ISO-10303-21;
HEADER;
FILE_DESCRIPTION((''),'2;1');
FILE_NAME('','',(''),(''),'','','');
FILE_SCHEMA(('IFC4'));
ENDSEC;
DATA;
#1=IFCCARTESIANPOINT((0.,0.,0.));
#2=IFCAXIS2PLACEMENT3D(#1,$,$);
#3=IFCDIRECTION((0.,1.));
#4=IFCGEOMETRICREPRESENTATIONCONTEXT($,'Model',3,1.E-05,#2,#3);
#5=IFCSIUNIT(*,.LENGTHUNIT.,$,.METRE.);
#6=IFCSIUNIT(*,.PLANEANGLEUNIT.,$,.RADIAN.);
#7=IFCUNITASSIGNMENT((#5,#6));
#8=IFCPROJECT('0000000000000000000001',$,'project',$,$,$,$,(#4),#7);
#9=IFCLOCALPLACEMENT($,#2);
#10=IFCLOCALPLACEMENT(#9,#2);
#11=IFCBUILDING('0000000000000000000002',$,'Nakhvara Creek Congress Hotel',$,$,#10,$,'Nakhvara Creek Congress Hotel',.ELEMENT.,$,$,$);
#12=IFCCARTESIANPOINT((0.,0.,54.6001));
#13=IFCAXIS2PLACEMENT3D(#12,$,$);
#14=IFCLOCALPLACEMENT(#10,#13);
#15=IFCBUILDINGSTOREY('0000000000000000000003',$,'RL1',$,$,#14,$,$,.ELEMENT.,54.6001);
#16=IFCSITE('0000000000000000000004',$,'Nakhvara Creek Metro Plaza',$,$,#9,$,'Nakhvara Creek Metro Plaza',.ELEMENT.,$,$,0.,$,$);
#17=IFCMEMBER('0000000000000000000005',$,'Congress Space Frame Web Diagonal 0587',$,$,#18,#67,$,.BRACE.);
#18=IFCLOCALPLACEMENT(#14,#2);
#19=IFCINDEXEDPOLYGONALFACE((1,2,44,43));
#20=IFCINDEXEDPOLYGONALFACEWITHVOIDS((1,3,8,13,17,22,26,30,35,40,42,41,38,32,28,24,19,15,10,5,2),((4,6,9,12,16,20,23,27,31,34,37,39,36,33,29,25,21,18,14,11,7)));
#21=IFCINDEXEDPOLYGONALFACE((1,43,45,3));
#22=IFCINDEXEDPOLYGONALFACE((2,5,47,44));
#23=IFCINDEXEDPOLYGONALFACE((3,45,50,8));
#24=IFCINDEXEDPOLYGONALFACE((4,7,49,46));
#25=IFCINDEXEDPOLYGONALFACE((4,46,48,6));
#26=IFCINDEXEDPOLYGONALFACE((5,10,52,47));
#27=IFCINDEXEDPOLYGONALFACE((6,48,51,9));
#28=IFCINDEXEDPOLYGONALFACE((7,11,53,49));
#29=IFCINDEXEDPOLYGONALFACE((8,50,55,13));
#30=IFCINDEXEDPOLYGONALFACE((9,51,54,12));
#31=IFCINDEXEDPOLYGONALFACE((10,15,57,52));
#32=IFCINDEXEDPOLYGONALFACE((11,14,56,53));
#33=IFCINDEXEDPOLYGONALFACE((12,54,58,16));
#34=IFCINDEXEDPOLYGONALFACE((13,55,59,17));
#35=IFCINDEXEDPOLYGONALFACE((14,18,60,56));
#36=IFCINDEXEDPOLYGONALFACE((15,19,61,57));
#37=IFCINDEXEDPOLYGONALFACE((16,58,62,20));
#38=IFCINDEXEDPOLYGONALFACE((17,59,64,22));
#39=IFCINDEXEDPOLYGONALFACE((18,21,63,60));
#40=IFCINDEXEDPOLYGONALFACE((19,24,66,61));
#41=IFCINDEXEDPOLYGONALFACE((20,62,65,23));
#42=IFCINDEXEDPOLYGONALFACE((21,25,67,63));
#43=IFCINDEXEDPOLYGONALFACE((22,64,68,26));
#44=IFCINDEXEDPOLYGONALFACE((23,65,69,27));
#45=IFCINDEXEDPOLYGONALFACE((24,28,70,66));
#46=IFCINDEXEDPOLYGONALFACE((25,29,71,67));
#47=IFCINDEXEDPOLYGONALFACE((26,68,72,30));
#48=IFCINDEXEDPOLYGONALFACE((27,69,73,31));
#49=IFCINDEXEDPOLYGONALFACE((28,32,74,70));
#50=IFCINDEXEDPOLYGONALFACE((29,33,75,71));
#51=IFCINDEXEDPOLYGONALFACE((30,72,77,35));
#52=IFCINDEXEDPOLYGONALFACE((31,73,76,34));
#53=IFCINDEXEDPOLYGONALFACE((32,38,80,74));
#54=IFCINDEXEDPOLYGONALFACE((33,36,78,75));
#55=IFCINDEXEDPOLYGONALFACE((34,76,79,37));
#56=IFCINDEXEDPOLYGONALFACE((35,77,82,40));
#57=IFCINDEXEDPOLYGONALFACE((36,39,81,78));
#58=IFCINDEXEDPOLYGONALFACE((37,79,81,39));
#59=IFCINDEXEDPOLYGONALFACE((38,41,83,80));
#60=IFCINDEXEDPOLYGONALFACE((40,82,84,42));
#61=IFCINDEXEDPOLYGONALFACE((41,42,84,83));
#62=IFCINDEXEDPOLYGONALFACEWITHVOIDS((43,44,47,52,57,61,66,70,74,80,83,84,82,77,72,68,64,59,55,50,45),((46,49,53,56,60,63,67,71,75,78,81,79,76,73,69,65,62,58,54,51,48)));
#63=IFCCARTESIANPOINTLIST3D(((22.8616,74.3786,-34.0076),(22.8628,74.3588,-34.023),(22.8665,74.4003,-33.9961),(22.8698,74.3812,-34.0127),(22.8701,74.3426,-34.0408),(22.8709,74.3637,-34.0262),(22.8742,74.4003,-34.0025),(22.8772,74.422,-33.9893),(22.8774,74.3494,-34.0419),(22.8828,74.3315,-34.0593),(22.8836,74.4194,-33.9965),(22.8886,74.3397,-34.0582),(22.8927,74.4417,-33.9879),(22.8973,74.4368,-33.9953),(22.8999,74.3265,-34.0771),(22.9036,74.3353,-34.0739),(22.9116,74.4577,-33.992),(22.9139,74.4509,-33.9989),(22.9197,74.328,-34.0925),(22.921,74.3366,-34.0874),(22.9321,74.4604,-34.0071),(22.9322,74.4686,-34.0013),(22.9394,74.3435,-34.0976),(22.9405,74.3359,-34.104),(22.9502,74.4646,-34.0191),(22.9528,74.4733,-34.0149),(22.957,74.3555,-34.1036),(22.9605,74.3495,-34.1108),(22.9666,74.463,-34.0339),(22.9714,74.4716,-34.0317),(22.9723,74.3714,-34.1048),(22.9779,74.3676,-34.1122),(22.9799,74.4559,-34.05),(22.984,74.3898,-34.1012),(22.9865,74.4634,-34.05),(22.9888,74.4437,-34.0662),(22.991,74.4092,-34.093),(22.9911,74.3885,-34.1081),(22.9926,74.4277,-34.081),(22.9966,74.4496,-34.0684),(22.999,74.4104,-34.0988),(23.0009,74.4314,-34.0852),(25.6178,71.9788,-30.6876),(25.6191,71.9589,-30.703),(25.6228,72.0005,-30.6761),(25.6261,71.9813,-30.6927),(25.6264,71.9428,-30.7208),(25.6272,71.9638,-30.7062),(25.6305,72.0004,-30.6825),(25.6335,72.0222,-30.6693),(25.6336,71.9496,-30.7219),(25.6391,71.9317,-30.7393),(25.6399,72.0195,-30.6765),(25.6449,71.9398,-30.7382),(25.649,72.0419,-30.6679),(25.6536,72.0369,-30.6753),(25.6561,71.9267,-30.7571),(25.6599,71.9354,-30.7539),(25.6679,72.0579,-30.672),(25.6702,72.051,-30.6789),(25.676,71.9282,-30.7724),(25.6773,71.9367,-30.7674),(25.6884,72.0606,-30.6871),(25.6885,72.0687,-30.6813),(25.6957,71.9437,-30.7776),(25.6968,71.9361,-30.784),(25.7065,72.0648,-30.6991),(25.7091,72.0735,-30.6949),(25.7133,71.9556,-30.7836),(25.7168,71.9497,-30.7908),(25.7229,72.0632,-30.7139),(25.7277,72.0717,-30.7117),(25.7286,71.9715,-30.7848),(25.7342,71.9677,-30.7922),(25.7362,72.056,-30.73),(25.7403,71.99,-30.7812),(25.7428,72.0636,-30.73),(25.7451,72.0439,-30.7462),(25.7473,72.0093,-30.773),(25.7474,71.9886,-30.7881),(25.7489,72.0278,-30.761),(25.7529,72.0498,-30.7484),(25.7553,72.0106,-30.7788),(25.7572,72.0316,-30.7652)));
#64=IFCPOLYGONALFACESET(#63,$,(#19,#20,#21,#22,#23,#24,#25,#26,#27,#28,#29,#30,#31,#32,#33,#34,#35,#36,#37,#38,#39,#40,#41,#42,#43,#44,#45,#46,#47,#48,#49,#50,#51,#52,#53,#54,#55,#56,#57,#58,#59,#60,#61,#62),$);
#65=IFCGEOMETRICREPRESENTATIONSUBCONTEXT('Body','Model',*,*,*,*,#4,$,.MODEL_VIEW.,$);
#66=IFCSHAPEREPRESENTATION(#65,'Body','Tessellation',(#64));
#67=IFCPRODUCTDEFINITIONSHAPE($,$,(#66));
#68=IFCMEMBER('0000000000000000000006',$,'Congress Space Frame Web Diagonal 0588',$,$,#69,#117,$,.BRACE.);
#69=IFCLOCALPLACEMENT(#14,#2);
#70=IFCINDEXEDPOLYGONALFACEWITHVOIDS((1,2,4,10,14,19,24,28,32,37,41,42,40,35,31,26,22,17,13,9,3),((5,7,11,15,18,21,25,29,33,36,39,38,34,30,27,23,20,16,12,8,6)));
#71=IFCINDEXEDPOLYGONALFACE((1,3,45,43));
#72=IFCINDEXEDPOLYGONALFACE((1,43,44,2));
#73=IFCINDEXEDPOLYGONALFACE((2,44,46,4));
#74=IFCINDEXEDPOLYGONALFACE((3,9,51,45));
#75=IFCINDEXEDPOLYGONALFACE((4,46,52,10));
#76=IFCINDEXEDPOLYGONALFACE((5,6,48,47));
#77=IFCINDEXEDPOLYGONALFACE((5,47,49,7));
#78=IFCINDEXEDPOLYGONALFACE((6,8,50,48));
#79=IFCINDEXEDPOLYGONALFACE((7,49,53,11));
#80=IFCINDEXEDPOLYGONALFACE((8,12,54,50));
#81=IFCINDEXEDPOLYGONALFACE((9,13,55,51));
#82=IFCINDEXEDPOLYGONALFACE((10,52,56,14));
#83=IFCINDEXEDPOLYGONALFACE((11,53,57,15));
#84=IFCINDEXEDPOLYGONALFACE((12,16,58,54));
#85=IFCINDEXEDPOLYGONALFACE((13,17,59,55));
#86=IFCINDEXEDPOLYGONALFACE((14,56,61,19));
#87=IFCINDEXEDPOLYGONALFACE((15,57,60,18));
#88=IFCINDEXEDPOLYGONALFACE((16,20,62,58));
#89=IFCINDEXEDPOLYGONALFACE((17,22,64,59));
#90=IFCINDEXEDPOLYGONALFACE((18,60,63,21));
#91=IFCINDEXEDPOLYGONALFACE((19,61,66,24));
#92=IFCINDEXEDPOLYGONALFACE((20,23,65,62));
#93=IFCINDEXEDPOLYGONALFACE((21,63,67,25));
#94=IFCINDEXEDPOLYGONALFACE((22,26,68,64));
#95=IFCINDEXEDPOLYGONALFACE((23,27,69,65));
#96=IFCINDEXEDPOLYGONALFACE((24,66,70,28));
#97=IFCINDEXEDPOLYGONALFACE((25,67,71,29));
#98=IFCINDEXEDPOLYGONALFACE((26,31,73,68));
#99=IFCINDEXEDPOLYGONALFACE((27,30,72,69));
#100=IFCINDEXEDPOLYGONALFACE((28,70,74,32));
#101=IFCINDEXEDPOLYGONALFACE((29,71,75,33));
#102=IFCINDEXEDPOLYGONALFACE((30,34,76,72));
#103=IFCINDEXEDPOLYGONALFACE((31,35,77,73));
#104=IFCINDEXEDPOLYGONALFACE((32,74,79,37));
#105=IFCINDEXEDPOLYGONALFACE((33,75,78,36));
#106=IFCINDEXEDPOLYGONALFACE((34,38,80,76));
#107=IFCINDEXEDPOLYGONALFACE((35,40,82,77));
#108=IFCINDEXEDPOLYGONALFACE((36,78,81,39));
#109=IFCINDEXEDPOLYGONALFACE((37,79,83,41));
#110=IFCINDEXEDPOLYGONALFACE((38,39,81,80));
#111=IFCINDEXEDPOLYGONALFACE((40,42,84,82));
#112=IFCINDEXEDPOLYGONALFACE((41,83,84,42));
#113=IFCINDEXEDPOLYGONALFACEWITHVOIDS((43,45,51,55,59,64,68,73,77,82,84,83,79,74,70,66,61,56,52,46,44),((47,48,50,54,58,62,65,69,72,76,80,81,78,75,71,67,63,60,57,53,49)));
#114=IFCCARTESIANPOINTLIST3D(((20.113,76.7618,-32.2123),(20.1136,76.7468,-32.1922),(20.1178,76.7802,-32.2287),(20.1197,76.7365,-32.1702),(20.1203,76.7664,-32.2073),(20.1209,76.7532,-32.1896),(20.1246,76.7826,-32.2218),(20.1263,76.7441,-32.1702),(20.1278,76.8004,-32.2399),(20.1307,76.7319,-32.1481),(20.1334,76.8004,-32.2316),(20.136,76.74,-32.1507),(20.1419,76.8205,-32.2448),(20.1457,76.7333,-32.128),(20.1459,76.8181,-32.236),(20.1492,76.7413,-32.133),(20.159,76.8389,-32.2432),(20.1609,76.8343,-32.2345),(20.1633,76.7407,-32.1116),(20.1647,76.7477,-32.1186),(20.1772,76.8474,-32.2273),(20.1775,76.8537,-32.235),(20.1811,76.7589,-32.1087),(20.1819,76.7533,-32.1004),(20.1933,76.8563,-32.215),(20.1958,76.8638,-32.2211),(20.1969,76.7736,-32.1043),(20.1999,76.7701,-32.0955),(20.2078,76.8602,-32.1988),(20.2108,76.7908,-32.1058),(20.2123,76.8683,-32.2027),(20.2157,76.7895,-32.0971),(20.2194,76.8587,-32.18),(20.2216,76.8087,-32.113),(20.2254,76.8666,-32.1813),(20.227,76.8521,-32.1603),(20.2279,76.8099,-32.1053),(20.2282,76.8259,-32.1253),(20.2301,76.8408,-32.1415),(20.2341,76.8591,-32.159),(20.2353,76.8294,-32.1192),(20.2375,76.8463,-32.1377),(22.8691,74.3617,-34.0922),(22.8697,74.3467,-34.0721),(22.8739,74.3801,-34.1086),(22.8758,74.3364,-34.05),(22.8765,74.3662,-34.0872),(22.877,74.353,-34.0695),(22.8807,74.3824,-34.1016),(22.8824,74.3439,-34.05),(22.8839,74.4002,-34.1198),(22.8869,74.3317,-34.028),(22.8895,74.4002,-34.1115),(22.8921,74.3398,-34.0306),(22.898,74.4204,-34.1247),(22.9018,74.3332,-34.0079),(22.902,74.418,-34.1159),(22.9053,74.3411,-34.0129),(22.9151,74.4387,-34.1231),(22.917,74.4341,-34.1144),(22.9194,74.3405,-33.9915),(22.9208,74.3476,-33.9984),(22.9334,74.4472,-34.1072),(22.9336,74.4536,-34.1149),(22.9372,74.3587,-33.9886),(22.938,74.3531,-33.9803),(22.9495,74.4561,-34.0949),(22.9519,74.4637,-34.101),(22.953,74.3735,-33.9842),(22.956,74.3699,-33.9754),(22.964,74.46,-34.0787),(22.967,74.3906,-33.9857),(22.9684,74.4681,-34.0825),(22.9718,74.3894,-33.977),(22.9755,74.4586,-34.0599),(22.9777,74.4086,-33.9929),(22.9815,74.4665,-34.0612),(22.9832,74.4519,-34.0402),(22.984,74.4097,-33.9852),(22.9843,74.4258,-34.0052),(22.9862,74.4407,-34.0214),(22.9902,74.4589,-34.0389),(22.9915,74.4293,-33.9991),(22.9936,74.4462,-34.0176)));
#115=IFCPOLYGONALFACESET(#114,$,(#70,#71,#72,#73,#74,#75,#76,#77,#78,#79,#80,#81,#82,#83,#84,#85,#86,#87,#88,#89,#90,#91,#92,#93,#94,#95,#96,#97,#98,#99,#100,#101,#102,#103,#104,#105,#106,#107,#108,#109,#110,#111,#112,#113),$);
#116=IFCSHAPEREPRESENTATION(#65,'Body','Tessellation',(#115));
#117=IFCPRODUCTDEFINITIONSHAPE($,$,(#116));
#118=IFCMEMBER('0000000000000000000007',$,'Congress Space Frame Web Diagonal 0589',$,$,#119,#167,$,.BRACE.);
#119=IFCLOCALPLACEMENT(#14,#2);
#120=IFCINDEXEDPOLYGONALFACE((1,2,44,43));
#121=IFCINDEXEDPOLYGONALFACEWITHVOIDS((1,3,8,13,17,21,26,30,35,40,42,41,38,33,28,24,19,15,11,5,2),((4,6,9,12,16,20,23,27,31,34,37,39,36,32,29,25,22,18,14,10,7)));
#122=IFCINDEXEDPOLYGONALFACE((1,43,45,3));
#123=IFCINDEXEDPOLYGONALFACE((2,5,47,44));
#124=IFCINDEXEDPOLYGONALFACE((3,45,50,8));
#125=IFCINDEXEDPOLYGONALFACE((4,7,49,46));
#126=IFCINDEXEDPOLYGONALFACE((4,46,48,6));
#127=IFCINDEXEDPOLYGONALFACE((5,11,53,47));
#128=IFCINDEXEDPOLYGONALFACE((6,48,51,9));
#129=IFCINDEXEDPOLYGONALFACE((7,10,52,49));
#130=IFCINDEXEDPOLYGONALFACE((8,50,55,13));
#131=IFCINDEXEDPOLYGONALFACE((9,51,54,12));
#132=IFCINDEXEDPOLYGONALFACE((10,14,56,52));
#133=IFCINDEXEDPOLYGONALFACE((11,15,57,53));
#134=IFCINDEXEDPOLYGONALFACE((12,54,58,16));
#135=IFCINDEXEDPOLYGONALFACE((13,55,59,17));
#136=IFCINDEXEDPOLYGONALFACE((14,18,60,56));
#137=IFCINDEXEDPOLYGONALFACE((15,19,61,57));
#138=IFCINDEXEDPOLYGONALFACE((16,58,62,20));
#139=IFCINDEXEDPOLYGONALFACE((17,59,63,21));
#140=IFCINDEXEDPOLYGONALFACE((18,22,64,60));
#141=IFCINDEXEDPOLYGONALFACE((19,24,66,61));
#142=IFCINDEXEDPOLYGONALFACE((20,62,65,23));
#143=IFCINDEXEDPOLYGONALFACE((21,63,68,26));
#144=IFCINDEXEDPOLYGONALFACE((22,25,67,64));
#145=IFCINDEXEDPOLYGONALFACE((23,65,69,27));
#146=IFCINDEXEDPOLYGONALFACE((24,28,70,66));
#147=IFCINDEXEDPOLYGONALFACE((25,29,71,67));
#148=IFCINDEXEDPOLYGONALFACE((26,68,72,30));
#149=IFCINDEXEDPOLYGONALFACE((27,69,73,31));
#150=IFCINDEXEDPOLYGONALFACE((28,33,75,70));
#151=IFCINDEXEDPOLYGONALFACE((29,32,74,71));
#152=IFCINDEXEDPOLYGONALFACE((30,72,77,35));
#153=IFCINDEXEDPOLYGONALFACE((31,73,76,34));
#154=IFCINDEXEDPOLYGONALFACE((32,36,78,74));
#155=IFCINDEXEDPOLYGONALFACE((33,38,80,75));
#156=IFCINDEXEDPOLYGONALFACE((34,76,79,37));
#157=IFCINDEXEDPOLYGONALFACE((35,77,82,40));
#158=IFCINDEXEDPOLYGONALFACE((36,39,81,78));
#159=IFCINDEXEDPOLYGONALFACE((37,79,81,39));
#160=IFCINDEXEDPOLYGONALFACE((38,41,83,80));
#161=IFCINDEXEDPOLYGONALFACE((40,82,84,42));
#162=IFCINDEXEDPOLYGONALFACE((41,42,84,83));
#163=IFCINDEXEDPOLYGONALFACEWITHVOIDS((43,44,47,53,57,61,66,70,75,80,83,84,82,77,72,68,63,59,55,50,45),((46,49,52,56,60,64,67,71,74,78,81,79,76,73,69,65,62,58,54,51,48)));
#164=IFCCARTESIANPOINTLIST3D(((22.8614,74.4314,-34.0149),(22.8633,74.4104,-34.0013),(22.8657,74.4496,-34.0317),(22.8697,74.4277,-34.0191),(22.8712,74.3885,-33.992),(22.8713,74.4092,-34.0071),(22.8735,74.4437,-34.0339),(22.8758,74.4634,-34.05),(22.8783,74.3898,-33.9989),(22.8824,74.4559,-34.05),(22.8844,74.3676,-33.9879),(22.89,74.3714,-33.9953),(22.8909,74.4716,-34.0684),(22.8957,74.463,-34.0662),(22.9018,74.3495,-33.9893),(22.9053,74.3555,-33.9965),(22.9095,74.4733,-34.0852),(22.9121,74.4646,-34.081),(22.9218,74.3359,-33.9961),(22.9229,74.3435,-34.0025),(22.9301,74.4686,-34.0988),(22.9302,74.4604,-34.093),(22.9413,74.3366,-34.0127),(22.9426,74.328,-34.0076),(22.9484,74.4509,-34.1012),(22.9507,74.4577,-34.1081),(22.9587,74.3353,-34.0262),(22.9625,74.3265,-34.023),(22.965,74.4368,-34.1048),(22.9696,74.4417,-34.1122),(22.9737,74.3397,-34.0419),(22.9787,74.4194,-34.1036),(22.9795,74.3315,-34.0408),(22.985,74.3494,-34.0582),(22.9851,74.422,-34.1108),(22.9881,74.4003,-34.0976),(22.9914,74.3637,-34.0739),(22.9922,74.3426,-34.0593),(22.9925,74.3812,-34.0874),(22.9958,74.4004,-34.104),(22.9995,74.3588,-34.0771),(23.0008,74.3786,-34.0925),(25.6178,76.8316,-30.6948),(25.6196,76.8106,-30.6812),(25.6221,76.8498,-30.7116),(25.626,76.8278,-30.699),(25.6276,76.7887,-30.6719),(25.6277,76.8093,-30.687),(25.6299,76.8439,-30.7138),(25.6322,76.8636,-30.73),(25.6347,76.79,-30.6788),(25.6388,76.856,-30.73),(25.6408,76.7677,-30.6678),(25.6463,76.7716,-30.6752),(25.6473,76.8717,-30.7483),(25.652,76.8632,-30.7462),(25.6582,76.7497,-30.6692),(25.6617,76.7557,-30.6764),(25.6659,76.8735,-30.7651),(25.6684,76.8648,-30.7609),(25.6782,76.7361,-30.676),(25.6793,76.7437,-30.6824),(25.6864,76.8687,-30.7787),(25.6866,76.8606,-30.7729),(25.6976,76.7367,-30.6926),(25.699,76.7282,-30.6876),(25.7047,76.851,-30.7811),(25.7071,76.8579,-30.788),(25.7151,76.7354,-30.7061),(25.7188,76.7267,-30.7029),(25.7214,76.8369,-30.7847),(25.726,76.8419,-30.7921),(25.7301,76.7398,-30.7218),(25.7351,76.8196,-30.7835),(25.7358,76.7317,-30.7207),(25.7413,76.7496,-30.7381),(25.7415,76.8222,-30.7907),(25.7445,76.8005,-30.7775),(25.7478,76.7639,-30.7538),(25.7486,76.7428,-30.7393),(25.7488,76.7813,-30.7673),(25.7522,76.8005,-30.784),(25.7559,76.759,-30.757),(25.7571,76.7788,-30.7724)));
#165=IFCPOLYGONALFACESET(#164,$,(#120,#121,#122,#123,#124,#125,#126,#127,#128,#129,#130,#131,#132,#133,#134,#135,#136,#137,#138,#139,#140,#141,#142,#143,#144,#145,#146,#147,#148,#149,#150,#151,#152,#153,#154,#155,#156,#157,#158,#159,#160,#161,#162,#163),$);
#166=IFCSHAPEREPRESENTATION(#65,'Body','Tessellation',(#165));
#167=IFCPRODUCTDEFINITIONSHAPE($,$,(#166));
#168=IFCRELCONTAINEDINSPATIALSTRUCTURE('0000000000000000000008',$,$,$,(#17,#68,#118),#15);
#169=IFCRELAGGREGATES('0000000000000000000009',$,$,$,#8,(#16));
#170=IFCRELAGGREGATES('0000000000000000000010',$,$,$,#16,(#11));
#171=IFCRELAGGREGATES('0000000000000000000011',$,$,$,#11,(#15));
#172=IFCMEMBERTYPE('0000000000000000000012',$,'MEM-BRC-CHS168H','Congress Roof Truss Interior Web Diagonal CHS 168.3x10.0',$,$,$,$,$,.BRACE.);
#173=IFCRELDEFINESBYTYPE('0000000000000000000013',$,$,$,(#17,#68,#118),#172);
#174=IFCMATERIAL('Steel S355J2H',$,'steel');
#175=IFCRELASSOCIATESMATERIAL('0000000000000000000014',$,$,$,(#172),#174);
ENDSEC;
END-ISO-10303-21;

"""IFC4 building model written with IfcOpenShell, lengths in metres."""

from ifc_helpers import new_model, si_unit, direction, frame, origin, origin_2d, place, context, subcontext, project, spatial, hollow_circle, extrude, material, material_profile, profile_set, type_object, element, save


model = new_model("IFC4")

# Units and contexts
model_context = context("Model", 3, precision=1e-05, world=origin(), true_north=direction((0.0, 1.0)))
body_context = subcontext(model_context, "Body", "Model", "MODEL_VIEW")
ifc_project = project(units=[si_unit("LENGTHUNIT", "METRE"), si_unit("PLANEANGLEUNIT", "RADIAN")], contexts=[model_context])

# Site, building, storey
site_placement = place(None, origin())
site = spatial("IfcSite", under=ifc_project, at=site_placement, Name="Nakhvara Creek Metro Plaza", LongName="Nakhvara Creek Metro Plaza", CompositionType="ELEMENT", RefElevation=0.0)
building_placement = place(site_placement, origin())
building = spatial("IfcBuilding", under=site, at=building_placement, Name="Nakhvara Creek Congress Hotel", LongName="Nakhvara Creek Congress Hotel", CompositionType="ELEMENT")
storey_placement = place(building_placement, frame((0.0, 0.0, 54.6001)))
storey = spatial("IfcBuildingStorey", under=building, at=storey_placement, Name="RL1", CompositionType="ELEMENT", Elevation=54.6001)

# Members
ifc_material_1 = material(Name="Steel S355J2H", Category="steel")
ifc_material_profile_1 = material_profile(ifc_material_1, hollow_circle(Radius=0.0842, WallThickness=0.01, at=origin_2d()), Name="CHS 168.3x10.0", Category="LoadBearing")
ifc_profile_set_1 = profile_set([ifc_material_profile_1], Name="Steel S355J2H")
member_type_1 = type_object("IfcMemberType", Name="MEM-BRC-CHS168H", Description="Congress Roof Truss Interior Web Diagonal CHS 168.3x10.0", PredefinedType="BRACE", material=ifc_profile_set_1)
member_1_placement = place(storey_placement, frame((22.9312, 74.3999, -34.05), z_axis=(0.558237, -0.486047, 0.672406), x_axis=(0.656658, 0.754188, 0.0)))
element("IfcMember", 1, at=member_1_placement, inside=storey, type_object=member_type_1, Name="Congress Space Frame Web Diagonal 0587", PredefinedType="BRACE", context=body_context, shape_type="SweptSolid", body=[
    extrude(hollow_circle(Radius=0.0842, WallThickness=0.01, at=origin_2d()), origin(), (0.0, 0.0, 1.0), 4.9375),
])
member_2_placement = place(storey_placement, frame((22.9312, 74.3999, -34.05), z_axis=(-0.670611, 0.584, 0.45741), x_axis=(-0.656729, -0.754126, 0.0)))
element("IfcMember", 2, at=member_2_placement, inside=storey, type_object=member_type_1, Name="Congress Space Frame Web Diagonal 0588", PredefinedType="BRACE", context=body_context, shape_type="SweptSolid", body=[
    extrude(hollow_circle(Radius=0.0842, WallThickness=0.01, at=origin_2d()), origin(), (0.0, 0.0, 1.0), 4.1099),
])
member_3_placement = place(storey_placement, frame((22.9312, 74.3999, -34.05), z_axis=(0.558224, 0.486085, 0.67239), x_axis=(-0.656696, 0.754155, 0.0)))
element("IfcMember", 3, at=member_3_placement, inside=storey, type_object=member_type_1, Name="Congress Space Frame Web Diagonal 0589", PredefinedType="BRACE", context=body_context, shape_type="SweptSolid", body=[
    extrude(hollow_circle(Radius=0.0842, WallThickness=0.01, at=origin_2d()), origin(), (0.0, 0.0, 1.0), 4.9377),
])

save(model, "model.ifc")
